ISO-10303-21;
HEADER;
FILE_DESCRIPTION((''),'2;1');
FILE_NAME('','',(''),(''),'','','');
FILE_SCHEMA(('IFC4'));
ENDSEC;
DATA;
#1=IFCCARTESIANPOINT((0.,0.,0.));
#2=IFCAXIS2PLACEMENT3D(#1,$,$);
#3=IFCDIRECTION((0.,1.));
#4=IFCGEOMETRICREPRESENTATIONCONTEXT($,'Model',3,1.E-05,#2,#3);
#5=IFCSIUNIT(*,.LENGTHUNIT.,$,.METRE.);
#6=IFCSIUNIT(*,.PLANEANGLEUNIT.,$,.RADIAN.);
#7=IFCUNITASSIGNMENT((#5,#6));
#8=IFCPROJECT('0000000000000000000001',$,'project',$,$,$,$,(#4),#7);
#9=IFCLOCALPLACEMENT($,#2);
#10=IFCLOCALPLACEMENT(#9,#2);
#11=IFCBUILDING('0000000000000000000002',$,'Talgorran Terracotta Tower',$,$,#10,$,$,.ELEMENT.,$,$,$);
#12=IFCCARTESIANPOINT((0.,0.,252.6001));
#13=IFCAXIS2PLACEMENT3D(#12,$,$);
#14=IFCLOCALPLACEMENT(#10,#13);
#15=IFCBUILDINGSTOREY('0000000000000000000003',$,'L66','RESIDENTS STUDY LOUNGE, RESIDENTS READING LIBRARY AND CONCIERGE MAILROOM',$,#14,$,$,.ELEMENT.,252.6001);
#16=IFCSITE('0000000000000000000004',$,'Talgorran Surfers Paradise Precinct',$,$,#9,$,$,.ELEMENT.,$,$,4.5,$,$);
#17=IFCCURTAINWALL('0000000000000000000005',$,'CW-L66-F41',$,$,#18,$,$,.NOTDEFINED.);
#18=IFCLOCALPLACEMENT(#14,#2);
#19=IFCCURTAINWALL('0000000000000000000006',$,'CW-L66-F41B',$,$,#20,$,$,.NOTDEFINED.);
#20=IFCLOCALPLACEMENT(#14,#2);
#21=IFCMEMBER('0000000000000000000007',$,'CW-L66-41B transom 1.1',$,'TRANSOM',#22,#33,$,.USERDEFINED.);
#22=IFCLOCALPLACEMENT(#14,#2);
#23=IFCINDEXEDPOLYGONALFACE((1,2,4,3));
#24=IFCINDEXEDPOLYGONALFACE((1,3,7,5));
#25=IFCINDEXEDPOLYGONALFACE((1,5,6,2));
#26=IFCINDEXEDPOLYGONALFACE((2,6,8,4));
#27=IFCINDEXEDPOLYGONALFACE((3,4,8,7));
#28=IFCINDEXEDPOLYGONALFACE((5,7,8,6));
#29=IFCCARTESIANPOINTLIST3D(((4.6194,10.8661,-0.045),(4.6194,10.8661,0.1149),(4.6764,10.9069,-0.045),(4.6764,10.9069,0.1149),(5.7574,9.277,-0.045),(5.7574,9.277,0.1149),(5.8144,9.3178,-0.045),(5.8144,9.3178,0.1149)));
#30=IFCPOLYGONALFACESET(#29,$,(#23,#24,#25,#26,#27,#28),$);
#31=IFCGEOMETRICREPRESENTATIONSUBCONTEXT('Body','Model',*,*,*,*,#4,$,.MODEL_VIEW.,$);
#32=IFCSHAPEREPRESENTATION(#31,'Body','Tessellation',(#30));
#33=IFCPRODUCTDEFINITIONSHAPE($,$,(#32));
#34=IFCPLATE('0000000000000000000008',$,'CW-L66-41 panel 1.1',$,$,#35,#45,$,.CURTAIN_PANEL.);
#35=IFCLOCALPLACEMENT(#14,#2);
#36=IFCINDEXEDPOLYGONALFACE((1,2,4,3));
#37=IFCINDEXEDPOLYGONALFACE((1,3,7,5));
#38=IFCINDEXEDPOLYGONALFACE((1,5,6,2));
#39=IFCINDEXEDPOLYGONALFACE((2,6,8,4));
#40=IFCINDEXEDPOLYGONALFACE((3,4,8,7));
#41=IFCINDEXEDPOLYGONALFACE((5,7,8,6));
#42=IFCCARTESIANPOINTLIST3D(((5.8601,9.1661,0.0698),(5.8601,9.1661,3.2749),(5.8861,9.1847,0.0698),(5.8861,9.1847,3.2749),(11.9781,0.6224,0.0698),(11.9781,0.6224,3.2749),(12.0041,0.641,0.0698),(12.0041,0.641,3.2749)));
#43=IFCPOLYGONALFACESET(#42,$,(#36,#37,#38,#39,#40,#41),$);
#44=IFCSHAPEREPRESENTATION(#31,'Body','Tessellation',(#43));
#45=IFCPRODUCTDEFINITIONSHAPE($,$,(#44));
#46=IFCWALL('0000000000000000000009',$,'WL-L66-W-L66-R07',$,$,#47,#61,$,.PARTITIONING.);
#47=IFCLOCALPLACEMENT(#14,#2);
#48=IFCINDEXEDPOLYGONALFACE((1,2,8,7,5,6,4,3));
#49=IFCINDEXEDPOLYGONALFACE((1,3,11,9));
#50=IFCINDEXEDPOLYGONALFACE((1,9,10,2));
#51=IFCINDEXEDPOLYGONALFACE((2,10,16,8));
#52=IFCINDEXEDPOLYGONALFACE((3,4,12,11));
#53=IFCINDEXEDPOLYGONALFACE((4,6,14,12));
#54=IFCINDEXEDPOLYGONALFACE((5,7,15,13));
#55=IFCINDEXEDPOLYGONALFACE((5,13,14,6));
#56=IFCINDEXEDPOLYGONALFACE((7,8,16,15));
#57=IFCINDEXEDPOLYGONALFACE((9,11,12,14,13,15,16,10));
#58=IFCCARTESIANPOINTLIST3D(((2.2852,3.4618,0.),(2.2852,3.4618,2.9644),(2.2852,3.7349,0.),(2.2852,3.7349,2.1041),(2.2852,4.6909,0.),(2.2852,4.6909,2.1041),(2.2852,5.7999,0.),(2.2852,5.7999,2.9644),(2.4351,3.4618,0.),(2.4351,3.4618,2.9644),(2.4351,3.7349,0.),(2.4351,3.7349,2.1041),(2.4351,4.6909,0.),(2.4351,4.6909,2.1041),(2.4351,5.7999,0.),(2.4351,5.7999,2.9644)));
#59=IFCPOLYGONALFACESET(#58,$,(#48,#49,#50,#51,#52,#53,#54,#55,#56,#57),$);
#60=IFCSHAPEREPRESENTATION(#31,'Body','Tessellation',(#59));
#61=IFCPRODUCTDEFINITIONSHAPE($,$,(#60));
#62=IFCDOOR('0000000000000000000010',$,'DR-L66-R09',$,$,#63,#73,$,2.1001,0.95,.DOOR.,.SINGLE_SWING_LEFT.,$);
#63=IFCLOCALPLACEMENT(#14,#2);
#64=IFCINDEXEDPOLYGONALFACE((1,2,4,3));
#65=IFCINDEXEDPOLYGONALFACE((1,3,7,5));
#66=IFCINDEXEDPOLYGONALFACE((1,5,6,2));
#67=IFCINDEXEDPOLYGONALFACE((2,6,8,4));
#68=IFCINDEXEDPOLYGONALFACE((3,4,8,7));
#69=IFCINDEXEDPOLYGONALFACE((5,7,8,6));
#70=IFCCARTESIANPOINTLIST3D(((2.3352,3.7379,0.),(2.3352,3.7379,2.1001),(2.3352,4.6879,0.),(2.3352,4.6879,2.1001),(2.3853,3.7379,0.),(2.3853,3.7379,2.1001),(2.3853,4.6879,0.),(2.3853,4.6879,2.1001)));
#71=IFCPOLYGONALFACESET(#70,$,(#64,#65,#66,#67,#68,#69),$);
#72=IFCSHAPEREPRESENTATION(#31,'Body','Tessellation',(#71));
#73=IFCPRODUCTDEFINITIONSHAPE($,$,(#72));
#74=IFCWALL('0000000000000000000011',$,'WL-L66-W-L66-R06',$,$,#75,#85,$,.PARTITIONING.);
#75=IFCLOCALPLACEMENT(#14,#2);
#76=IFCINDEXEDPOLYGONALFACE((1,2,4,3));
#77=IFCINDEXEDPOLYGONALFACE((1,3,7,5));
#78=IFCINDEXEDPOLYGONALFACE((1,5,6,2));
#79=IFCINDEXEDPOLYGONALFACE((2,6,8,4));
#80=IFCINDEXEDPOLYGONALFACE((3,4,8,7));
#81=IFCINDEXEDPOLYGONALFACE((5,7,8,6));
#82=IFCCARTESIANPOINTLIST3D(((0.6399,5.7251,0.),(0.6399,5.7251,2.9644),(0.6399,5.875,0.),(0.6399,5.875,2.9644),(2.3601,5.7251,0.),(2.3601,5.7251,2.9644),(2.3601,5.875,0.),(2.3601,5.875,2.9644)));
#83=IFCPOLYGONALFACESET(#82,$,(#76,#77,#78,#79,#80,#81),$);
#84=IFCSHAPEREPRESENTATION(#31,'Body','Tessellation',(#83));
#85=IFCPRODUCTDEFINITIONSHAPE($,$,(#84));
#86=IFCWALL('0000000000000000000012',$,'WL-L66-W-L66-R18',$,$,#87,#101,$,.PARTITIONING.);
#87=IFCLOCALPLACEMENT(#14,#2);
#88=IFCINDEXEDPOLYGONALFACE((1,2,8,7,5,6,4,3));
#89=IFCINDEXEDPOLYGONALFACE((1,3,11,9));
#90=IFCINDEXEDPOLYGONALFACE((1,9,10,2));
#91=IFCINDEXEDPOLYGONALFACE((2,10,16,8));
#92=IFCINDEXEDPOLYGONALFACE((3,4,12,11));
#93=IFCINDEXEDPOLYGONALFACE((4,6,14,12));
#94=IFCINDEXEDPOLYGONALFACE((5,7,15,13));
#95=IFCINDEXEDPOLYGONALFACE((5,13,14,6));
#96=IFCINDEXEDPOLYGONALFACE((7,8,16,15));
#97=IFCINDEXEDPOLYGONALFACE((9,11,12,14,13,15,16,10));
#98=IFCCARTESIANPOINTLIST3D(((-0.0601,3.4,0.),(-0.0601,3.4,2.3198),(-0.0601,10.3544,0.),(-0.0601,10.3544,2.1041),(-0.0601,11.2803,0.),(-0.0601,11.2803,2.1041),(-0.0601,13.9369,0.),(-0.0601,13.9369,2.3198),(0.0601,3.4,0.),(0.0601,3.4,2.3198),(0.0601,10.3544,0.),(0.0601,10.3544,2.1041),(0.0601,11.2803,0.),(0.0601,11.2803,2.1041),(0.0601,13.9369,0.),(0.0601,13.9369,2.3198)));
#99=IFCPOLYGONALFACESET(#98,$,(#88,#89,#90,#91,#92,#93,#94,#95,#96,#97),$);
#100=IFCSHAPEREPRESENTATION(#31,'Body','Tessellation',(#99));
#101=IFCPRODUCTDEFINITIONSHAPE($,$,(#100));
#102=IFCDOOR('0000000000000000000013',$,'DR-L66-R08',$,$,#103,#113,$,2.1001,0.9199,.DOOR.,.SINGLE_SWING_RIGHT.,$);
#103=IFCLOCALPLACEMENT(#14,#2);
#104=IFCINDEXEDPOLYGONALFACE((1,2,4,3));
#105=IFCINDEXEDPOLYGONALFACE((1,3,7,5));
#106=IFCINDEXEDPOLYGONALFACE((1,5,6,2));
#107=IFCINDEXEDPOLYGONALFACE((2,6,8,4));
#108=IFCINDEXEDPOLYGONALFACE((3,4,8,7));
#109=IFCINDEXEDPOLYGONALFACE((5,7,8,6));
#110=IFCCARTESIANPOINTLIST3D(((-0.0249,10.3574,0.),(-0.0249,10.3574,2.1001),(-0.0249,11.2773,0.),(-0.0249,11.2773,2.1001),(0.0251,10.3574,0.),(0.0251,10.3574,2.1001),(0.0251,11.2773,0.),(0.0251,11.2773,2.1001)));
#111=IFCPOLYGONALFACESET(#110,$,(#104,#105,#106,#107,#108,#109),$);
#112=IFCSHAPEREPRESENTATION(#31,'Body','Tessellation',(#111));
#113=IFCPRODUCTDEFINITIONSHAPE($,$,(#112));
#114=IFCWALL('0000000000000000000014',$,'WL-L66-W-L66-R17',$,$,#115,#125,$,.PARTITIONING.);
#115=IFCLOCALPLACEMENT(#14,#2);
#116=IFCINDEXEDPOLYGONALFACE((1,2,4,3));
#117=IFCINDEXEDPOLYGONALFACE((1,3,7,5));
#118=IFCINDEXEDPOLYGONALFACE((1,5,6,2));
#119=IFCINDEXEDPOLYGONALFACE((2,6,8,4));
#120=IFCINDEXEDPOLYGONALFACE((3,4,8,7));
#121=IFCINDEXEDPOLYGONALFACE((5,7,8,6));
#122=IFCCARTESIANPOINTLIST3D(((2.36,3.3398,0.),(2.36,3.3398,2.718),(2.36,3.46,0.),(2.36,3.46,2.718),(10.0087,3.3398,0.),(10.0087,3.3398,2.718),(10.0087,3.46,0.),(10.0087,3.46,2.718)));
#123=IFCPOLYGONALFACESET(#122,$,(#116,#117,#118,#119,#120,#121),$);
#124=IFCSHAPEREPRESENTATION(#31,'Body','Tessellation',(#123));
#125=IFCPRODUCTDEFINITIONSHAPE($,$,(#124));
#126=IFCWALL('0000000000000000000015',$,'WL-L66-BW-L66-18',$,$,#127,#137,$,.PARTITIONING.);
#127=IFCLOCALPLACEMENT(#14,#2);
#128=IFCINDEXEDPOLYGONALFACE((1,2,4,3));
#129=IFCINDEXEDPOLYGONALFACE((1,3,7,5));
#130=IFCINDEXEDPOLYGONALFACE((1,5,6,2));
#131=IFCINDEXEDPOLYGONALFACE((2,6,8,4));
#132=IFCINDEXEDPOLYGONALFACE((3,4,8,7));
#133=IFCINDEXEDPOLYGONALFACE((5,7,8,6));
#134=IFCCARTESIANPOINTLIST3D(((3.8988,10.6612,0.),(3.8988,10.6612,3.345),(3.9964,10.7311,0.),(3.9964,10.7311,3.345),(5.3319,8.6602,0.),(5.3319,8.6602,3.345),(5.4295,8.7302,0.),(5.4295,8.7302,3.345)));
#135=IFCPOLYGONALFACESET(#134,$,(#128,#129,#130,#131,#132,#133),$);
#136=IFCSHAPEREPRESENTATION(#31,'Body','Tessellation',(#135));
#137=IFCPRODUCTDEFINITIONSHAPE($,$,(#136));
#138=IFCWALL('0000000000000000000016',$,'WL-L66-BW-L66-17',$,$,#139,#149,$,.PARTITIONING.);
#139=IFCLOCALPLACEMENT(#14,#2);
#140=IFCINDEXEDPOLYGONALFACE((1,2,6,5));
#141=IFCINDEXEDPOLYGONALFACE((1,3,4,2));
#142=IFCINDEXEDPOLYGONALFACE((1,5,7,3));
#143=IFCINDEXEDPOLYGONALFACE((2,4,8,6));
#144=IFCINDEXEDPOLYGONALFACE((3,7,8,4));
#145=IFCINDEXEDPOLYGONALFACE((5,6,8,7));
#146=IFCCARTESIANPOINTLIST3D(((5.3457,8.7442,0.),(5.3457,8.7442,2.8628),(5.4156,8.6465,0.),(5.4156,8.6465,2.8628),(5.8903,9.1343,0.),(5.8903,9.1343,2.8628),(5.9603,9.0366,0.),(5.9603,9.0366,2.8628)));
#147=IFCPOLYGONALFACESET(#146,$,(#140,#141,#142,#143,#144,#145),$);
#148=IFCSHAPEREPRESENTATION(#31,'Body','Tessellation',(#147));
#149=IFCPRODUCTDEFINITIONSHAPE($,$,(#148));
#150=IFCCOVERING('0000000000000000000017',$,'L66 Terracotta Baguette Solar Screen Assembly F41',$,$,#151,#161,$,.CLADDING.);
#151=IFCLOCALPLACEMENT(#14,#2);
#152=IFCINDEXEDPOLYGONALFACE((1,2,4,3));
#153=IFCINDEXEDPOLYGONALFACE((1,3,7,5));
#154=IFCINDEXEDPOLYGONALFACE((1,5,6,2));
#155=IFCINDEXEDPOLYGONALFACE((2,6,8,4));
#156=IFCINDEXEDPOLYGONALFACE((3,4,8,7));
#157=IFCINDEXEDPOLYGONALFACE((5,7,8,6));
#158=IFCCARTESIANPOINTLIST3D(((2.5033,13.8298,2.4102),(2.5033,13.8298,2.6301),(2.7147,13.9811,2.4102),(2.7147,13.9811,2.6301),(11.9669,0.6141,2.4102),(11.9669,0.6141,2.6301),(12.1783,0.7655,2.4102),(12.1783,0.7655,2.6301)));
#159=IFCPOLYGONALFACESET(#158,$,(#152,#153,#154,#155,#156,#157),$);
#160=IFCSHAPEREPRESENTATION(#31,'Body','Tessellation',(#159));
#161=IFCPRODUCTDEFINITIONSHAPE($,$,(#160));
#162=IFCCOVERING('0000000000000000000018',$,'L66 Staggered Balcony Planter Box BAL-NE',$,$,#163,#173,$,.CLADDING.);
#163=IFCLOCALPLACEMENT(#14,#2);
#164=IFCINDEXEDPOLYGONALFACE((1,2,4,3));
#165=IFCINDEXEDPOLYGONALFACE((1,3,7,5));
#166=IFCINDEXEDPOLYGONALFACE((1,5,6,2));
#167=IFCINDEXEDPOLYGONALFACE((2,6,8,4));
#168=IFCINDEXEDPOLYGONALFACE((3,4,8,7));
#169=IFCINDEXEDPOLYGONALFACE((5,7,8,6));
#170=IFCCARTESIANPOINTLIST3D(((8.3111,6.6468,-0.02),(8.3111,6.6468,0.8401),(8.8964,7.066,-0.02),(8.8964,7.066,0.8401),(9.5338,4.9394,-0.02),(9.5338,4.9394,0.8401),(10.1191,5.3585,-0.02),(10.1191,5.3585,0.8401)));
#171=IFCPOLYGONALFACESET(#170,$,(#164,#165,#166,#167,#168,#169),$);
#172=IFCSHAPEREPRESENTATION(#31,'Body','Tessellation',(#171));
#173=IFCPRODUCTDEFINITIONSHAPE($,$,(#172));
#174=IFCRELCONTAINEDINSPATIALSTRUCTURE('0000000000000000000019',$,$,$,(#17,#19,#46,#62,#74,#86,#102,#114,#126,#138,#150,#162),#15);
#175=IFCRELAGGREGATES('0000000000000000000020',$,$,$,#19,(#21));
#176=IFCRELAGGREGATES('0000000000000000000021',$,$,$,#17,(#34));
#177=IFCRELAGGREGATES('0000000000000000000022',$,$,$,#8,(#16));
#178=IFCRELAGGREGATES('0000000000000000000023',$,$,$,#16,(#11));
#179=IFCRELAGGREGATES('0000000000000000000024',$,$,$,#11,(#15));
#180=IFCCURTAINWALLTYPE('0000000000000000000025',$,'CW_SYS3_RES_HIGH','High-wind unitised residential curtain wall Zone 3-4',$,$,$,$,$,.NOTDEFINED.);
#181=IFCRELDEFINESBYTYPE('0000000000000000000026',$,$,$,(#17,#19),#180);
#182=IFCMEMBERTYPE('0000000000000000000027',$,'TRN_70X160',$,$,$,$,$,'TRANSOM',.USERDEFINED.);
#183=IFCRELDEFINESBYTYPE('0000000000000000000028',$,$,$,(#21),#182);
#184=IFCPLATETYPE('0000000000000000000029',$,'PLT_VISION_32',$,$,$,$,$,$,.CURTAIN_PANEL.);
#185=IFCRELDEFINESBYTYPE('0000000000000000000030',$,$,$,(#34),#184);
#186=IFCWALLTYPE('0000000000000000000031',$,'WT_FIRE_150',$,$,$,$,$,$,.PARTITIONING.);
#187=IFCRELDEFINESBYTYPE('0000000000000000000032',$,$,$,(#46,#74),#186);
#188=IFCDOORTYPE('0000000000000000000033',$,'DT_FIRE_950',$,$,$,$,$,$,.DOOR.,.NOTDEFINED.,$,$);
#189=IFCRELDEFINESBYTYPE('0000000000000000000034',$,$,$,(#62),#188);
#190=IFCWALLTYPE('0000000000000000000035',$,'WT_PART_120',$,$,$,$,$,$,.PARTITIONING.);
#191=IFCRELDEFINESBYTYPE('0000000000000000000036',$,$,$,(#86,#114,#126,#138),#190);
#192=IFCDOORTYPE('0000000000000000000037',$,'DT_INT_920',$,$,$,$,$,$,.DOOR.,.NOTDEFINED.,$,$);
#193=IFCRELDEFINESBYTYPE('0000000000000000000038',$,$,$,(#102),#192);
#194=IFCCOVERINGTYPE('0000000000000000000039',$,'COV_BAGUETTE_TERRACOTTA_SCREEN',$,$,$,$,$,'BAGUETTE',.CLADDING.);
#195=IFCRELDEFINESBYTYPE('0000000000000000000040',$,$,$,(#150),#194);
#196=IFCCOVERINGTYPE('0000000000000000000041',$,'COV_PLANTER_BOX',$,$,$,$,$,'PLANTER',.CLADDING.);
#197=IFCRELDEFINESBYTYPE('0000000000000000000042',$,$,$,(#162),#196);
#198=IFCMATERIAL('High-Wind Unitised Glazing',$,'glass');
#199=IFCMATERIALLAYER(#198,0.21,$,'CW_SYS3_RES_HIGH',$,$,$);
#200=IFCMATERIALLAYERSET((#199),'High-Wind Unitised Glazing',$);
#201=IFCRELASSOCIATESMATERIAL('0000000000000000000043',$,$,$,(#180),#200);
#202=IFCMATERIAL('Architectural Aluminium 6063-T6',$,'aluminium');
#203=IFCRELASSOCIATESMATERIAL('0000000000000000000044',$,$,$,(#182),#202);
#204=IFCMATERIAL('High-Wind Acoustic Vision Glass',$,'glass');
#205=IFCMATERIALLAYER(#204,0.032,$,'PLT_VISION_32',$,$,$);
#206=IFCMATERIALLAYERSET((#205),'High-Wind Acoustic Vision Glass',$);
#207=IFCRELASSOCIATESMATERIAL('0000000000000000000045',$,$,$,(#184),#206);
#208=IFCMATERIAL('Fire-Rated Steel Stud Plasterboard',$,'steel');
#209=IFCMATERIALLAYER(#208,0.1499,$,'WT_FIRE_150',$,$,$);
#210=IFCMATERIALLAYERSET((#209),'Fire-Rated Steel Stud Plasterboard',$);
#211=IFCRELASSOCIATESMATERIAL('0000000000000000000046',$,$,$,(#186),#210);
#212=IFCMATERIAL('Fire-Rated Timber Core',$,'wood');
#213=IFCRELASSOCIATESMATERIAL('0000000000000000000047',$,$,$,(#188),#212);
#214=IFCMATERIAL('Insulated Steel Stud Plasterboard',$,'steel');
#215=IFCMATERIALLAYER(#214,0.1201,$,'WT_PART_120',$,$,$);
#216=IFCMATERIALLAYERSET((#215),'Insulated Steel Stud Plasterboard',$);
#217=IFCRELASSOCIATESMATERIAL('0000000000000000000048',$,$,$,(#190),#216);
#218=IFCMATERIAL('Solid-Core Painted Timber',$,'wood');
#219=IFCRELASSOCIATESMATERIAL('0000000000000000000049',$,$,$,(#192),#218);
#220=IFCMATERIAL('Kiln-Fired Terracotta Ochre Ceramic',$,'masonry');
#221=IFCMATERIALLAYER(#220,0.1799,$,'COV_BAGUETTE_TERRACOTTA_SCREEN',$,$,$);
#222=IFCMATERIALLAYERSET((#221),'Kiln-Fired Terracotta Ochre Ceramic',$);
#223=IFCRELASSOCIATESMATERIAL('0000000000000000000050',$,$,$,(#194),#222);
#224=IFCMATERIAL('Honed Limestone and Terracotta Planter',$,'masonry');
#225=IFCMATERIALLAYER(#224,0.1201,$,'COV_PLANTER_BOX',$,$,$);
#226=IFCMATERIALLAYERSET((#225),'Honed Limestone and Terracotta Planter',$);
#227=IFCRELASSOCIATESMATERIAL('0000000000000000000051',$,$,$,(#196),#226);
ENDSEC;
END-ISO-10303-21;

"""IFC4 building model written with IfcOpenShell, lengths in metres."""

from ifc_helpers import new_model, si_unit, direction, frame, frame_2d, origin, origin_2d, place, context, subcontext, project, spatial, rectangle, extrude, source, transform, mapped, material, layer, layer_set, material_profile, profile_set, type_object, type_shapes, element, fill, aggregate, save


model = new_model("IFC4")

# Units and contexts
model_context = context("Model", 3, precision=1e-05, world=origin(), true_north=direction((0.0, 1.0)))
body_context = subcontext(model_context, "Body", "Model", "MODEL_VIEW")
ifc_project = project(units=[si_unit("LENGTHUNIT", "METRE"), si_unit("PLANEANGLEUNIT", "RADIAN")], contexts=[model_context])

# Site, building, storey
site_placement = place(None, origin())
site = spatial("IfcSite", under=ifc_project, at=site_placement, Name="Talgorran Surfers Paradise Precinct", CompositionType="ELEMENT", RefElevation=4.5)
building_placement = place(site_placement, origin())
building = spatial("IfcBuilding", under=site, at=building_placement, Name="Talgorran Terracotta Tower", CompositionType="ELEMENT")
storey_placement = place(building_placement, frame((0.0, 0.0, 252.6001)))
storey = spatial("IfcBuildingStorey", under=building, at=storey_placement, Name="L66", Description="RESIDENTS STUDY LOUNGE, RESIDENTS READING LIBRARY AND CONCIERGE MAILROOM", CompositionType="ELEMENT", Elevation=252.6001)

# Curtain wall
ifc_material_1 = material(Name="High-Wind Unitised Glazing", Category="glass")
ifc_layer_1 = layer(ifc_material_1, 0.21, Name="CW_SYS3_RES_HIGH")
ifc_layer_set_1 = layer_set([ifc_layer_1], Name="High-Wind Unitised Glazing")
curtain_wall_type = type_object("IfcCurtainWallType", Name="CW_SYS3_RES_HIGH", Description="High-wind unitised residential curtain wall Zone 3-4", PredefinedType="NOTDEFINED", material=ifc_layer_set_1)
curtain_wall_1_placement = place(storey_placement, origin())
curtain_wall_1 = element("IfcCurtainWall", 1, at=curtain_wall_1_placement, inside=storey, type_object=curtain_wall_type, Name="CW-L66-F41", PredefinedType="NOTDEFINED")
ifc_material_2 = material(Name="Architectural Aluminium 6063-T6", Category="aluminium")

# Curtain wall, member
curtain_wall_2_placement = place(storey_placement, origin())
curtain_wall_2 = element("IfcCurtainWall", 2, at=curtain_wall_2_placement, inside=storey, type_object=curtain_wall_type, Name="CW-L66-F41B", PredefinedType="NOTDEFINED")
ifc_material_profile_1 = material_profile(ifc_material_2, rectangle(XDim=0.0701, YDim=0.1599, at=origin_2d()), Name="CWT70X160")
ifc_profile_set_1 = profile_set([ifc_material_profile_1], Name="Architectural Aluminium 6063-T6")
member_type_1 = type_object("IfcMemberType", Name="TRN_70X160", ElementType="TRANSOM", PredefinedType="USERDEFINED", material=ifc_profile_set_1)
member_1_placement = place(storey_placement, frame((5.7859, 9.2974, 0.0349), z_axis=(-0.582207, 0.813041, 0.0), x_axis=(-0.813041, -0.582207, 0.0)))
member_1 = element("IfcMember", 3, at=member_1_placement, type_object=member_type_1, Name="CW-L66-41B transom 1.1", ObjectType="TRANSOM", PredefinedType="USERDEFINED", context=body_context, shape_type="SweptSolid", body=[
    extrude(rectangle(XDim=0.0701, YDim=0.1599, at=origin_2d()), origin(), (0.0, 0.0, 1.0), 1.9546),
])
aggregate(curtain_wall_2, [member_1])

# Plate
ifc_material_3 = material(Name="High-Wind Acoustic Vision Glass", Category="glass")
ifc_layer_2 = layer(ifc_material_3, 0.032, Name="PLT_VISION_32")
ifc_layer_set_2 = layer_set([ifc_layer_2], Name="High-Wind Acoustic Vision Glass")
plate_type = type_object("IfcPlateType", Name="PLT_VISION_32", PredefinedType="CURTAIN_PANEL", material=ifc_layer_set_2)
shared_shape = source(origin(), body_context, "Body", "SweptSolid", [
    extrude(rectangle(XDim=10.5083, YDim=0.032, at=origin_2d()), origin(), (0.0, 0.0, 1.0), 3.2051),
])
type_shapes(plate_type, [shared_shape])
plate_placement = place(storey_placement, frame((8.9321, 4.9036, 0.0698), z_axis=(0.0, 0.0, 1.0), x_axis=(-0.582206, 0.813041, 0.0)))
plate = element("IfcPlate", 4, at=plate_placement, type_object=plate_type, Name="CW-L66-41 panel 1.1", PredefinedType="CURTAIN_PANEL", context=body_context, shape_type="MappedRepresentation", body=[
    mapped(shared_shape, transform((0.0, 0.0, 0.0), scale=1.0)),
])
aggregate(curtain_wall_1, [plate])

# Wall, opening, door
ifc_material_4 = material(Name="Fire-Rated Steel Stud Plasterboard", Category="steel")
ifc_layer_3 = layer(ifc_material_4, 0.1499, Name="WT_FIRE_150")
ifc_layer_set_3 = layer_set([ifc_layer_3], Name="Fire-Rated Steel Stud Plasterboard")
wall_type_1 = type_object("IfcWallType", Name="WT_FIRE_150", PredefinedType="PARTITIONING", material=ifc_layer_set_3)
wall_1_placement = place(storey_placement, frame((2.3601, 3.4619, 0.0), z_axis=(0.0, 0.0, 1.0), x_axis=(0.0, 1.0, 0.0)))
wall_1 = element("IfcWall", 5, at=wall_1_placement, inside=storey, type_object=wall_type_1, Name="WL-L66-W-L66-R07", PredefinedType="PARTITIONING", context=body_context, shape_type="SweptSolid", body=[
    extrude(rectangle(XDim=2.3381, YDim=0.1499, at=frame_2d((1.1689, 0.0))), origin(), (0.0, 0.0, 1.0), 2.9644),
])
opening_1_placement = place(wall_1_placement, frame((0.2759, 0.0, 0.0)))
opening_1 = element("IfcOpeningElement", 6, at=opening_1_placement, cuts=wall_1, PredefinedType="OPENING", context=body_context, shape_type="SweptSolid", body=[
    extrude(rectangle(XDim=0.956, YDim=2.1041, at=frame_2d((0.4751, 1.052))), frame((0.0, 0.085, 0.0), z_axis=(0.0, -1.0, 0.0), x_axis=(1.0, 0.0, 0.0)), (0.0, 0.0, 1.0), 0.1699),
])
ifc_material_5 = material(Name="Fire-Rated Timber Core", Category="wood")
door_type_1 = type_object("IfcDoorType", Name="DT_FIRE_950", OperationType="NOTDEFINED", PredefinedType="DOOR", material=ifc_material_5)
door_1_placement = place(opening_1_placement, origin())
door_1 = element("IfcDoor", 7, at=door_1_placement, inside=storey, type_object=door_type_1, Name="DR-L66-R09", OperationType="SINGLE_SWING_LEFT", OverallHeight=2.1001, OverallWidth=0.95, PredefinedType="DOOR", context=body_context, shape_type="SweptSolid", body=[
    extrude(rectangle(XDim=0.95, YDim=2.1001, at=frame_2d((0.4751, 1.05))), frame((0.0, 0.0249, 0.0), z_axis=(0.0, -1.0, 0.0), x_axis=(1.0, 0.0, 0.0)), (0.0, 0.0, 1.0), 0.05),
])
fill(opening_1, door_1)

# Wall
wall_2_placement = place(storey_placement, frame((0.6399, 5.8, 0.0), z_axis=(0.0, 0.0, 1.0), x_axis=(1.0, 0.0, 0.0)))
element("IfcWall", 8, at=wall_2_placement, inside=storey, type_object=wall_type_1, Name="WL-L66-W-L66-R06", PredefinedType="PARTITIONING", context=body_context, shape_type="SweptSolid", body=[
    extrude(rectangle(XDim=1.7202, YDim=0.1499, at=frame_2d((0.8601, 0.0))), origin(), (0.0, 0.0, 1.0), 2.9644),
])

# Wall, opening, door
ifc_material_6 = material(Name="Insulated Steel Stud Plasterboard", Category="steel")
ifc_layer_4 = layer(ifc_material_6, 0.1201, Name="WT_PART_120")
ifc_layer_set_4 = layer_set([ifc_layer_4], Name="Insulated Steel Stud Plasterboard")
wall_type_2 = type_object("IfcWallType", Name="WT_PART_120", PredefinedType="PARTITIONING", material=ifc_layer_set_4)
wall_3_placement = place(storey_placement, frame((0.0, 3.3999, 0.0), z_axis=(0.0, 0.0, 1.0), x_axis=(0.0, 1.0, 0.0)))
wall_3 = element("IfcWall", 9, at=wall_3_placement, inside=storey, type_object=wall_type_2, Name="WL-L66-W-L66-R18", PredefinedType="PARTITIONING", context=body_context, shape_type="SweptSolid", body=[
    extrude(rectangle(XDim=10.5369, YDim=0.1201, at=frame_2d((5.2686, 0.0))), origin(), (0.0, 0.0, 1.0), 2.3198),
])
opening_2_placement = place(wall_3_placement, frame((6.9575, 0.0, 0.0)))
opening_2 = element("IfcOpeningElement", 10, at=opening_2_placement, cuts=wall_3, PredefinedType="OPENING", context=body_context, shape_type="SweptSolid", body=[
    extrude(rectangle(XDim=0.9259, YDim=2.1041, at=frame_2d((0.46, 1.052))), frame((0.0, 0.0701, 0.0), z_axis=(0.0, -1.0, 0.0), x_axis=(1.0, 0.0, 0.0)), (0.0, 0.0, 1.0), 0.1401),
])
ifc_material_7 = material(Name="Solid-Core Painted Timber", Category="wood")
door_type_2 = type_object("IfcDoorType", Name="DT_INT_920", OperationType="NOTDEFINED", PredefinedType="DOOR", material=ifc_material_7)
door_2_placement = place(opening_2_placement, origin())
door_2 = element("IfcDoor", 11, at=door_2_placement, inside=storey, type_object=door_type_2, Name="DR-L66-R08", OperationType="SINGLE_SWING_RIGHT", OverallHeight=2.1001, OverallWidth=0.9199, PredefinedType="DOOR", context=body_context, shape_type="SweptSolid", body=[
    extrude(rectangle(XDim=0.9199, YDim=2.1001, at=frame_2d((0.46, 1.05))), frame((0.0, 0.0249, 0.0), z_axis=(0.0, -1.0, 0.0), x_axis=(1.0, 0.0, 0.0)), (0.0, 0.0, 1.0), 0.05),
])
fill(opening_2, door_2)

# Walls
wall_4_placement = place(storey_placement, frame((2.3601, 3.3999, 0.0), z_axis=(0.0, 0.0, 1.0), x_axis=(1.0, 0.0, 0.0)))
element("IfcWall", 12, at=wall_4_placement, inside=storey, type_object=wall_type_2, Name="WL-L66-W-L66-R17", PredefinedType="PARTITIONING", context=body_context, shape_type="SweptSolid", body=[
    extrude(rectangle(XDim=7.6487, YDim=0.1201, at=frame_2d((3.8242, 0.0))), origin(), (0.0, 0.0, 1.0), 2.718),
])
wall_5_placement = place(storey_placement, frame((5.3806, 8.6953, 0.0), z_axis=(0.0, 0.0, 1.0), x_axis=(-0.58227, 0.812996, 0.0)))
element("IfcWall", 13, at=wall_5_placement, inside=storey, type_object=wall_type_2, Name="WL-L66-BW-L66-18", PredefinedType="PARTITIONING", context=body_context, shape_type="SweptSolid", body=[
    extrude(rectangle(XDim=2.4612, YDim=0.1201, at=frame_2d((1.2305, 0.0))), origin(), (0.0, 0.0, 1.0), 3.345),
])
wall_6_placement = place(storey_placement, frame((5.9253, 9.0854, 0.0), z_axis=(0.0, 0.0, 1.0), x_axis=(-0.81297, -0.582306, 0.0)))
element("IfcWall", 14, at=wall_6_placement, inside=storey, type_object=wall_type_2, Name="WL-L66-BW-L66-17", PredefinedType="PARTITIONING", context=body_context, shape_type="SweptSolid", body=[
    extrude(rectangle(XDim=0.6699, YDim=0.1201, at=frame_2d((0.335, 0.0))), origin(), (0.0, 0.0, 1.0), 2.8628),
])

# Coverings
ifc_material_8 = material(Name="Kiln-Fired Terracotta Ochre Ceramic", Category="masonry")
ifc_layer_5 = layer(ifc_material_8, 0.1799, Name="COV_BAGUETTE_TERRACOTTA_SCREEN")
ifc_layer_set_5 = layer_set([ifc_layer_5], Name="Kiln-Fired Terracotta Ochre Ceramic")
covering_type_1 = type_object("IfcCoveringType", Name="COV_BAGUETTE_TERRACOTTA_SCREEN", ElementType="BAGUETTE", PredefinedType="CLADDING", material=ifc_layer_set_5)
covering_1_placement = place(storey_placement, frame((7.3408, 7.2976, 2.4102), z_axis=(0.0, 0.0, 1.0), x_axis=(-0.582208, 0.81304, 0.0)))
element("IfcCovering", 15, at=covering_1_placement, inside=storey, type_object=covering_type_1, Name="L66 Terracotta Baguette Solar Screen Assembly F41", PredefinedType="CLADDING", context=body_context, shape_type="SweptSolid", body=[
    extrude(rectangle(XDim=16.2546, YDim=0.26, at=origin_2d()), origin(), (0.0, 0.0, 1.0), 0.22),
])
ifc_material_9 = material(Name="Honed Limestone and Terracotta Planter", Category="masonry")
ifc_layer_6 = layer(ifc_material_9, 0.1201, Name="COV_PLANTER_BOX")
ifc_layer_set_6 = layer_set([ifc_layer_6], Name="Honed Limestone and Terracotta Planter")
covering_type_2 = type_object("IfcCoveringType", Name="COV_PLANTER_BOX", ElementType="PLANTER", PredefinedType="CLADDING", material=ifc_layer_set_6)
covering_2_placement = place(storey_placement, frame((9.2151, 6.0027, -0.02), z_axis=(0.0, 0.0, 1.0), x_axis=(-0.582208, 0.81304, 0.0)))
element("IfcCovering", 16, at=covering_2_placement, inside=storey, type_object=covering_type_2, Name="L66 Staggered Balcony Planter Box BAL-NE", PredefinedType="CLADDING", context=body_context, shape_type="SweptSolid", body=[
    extrude(rectangle(XDim=2.1001, YDim=0.72, at=origin_2d()), origin(), (0.0, 0.0, 1.0), 0.8601),
])

save(model, "model.ifc")
